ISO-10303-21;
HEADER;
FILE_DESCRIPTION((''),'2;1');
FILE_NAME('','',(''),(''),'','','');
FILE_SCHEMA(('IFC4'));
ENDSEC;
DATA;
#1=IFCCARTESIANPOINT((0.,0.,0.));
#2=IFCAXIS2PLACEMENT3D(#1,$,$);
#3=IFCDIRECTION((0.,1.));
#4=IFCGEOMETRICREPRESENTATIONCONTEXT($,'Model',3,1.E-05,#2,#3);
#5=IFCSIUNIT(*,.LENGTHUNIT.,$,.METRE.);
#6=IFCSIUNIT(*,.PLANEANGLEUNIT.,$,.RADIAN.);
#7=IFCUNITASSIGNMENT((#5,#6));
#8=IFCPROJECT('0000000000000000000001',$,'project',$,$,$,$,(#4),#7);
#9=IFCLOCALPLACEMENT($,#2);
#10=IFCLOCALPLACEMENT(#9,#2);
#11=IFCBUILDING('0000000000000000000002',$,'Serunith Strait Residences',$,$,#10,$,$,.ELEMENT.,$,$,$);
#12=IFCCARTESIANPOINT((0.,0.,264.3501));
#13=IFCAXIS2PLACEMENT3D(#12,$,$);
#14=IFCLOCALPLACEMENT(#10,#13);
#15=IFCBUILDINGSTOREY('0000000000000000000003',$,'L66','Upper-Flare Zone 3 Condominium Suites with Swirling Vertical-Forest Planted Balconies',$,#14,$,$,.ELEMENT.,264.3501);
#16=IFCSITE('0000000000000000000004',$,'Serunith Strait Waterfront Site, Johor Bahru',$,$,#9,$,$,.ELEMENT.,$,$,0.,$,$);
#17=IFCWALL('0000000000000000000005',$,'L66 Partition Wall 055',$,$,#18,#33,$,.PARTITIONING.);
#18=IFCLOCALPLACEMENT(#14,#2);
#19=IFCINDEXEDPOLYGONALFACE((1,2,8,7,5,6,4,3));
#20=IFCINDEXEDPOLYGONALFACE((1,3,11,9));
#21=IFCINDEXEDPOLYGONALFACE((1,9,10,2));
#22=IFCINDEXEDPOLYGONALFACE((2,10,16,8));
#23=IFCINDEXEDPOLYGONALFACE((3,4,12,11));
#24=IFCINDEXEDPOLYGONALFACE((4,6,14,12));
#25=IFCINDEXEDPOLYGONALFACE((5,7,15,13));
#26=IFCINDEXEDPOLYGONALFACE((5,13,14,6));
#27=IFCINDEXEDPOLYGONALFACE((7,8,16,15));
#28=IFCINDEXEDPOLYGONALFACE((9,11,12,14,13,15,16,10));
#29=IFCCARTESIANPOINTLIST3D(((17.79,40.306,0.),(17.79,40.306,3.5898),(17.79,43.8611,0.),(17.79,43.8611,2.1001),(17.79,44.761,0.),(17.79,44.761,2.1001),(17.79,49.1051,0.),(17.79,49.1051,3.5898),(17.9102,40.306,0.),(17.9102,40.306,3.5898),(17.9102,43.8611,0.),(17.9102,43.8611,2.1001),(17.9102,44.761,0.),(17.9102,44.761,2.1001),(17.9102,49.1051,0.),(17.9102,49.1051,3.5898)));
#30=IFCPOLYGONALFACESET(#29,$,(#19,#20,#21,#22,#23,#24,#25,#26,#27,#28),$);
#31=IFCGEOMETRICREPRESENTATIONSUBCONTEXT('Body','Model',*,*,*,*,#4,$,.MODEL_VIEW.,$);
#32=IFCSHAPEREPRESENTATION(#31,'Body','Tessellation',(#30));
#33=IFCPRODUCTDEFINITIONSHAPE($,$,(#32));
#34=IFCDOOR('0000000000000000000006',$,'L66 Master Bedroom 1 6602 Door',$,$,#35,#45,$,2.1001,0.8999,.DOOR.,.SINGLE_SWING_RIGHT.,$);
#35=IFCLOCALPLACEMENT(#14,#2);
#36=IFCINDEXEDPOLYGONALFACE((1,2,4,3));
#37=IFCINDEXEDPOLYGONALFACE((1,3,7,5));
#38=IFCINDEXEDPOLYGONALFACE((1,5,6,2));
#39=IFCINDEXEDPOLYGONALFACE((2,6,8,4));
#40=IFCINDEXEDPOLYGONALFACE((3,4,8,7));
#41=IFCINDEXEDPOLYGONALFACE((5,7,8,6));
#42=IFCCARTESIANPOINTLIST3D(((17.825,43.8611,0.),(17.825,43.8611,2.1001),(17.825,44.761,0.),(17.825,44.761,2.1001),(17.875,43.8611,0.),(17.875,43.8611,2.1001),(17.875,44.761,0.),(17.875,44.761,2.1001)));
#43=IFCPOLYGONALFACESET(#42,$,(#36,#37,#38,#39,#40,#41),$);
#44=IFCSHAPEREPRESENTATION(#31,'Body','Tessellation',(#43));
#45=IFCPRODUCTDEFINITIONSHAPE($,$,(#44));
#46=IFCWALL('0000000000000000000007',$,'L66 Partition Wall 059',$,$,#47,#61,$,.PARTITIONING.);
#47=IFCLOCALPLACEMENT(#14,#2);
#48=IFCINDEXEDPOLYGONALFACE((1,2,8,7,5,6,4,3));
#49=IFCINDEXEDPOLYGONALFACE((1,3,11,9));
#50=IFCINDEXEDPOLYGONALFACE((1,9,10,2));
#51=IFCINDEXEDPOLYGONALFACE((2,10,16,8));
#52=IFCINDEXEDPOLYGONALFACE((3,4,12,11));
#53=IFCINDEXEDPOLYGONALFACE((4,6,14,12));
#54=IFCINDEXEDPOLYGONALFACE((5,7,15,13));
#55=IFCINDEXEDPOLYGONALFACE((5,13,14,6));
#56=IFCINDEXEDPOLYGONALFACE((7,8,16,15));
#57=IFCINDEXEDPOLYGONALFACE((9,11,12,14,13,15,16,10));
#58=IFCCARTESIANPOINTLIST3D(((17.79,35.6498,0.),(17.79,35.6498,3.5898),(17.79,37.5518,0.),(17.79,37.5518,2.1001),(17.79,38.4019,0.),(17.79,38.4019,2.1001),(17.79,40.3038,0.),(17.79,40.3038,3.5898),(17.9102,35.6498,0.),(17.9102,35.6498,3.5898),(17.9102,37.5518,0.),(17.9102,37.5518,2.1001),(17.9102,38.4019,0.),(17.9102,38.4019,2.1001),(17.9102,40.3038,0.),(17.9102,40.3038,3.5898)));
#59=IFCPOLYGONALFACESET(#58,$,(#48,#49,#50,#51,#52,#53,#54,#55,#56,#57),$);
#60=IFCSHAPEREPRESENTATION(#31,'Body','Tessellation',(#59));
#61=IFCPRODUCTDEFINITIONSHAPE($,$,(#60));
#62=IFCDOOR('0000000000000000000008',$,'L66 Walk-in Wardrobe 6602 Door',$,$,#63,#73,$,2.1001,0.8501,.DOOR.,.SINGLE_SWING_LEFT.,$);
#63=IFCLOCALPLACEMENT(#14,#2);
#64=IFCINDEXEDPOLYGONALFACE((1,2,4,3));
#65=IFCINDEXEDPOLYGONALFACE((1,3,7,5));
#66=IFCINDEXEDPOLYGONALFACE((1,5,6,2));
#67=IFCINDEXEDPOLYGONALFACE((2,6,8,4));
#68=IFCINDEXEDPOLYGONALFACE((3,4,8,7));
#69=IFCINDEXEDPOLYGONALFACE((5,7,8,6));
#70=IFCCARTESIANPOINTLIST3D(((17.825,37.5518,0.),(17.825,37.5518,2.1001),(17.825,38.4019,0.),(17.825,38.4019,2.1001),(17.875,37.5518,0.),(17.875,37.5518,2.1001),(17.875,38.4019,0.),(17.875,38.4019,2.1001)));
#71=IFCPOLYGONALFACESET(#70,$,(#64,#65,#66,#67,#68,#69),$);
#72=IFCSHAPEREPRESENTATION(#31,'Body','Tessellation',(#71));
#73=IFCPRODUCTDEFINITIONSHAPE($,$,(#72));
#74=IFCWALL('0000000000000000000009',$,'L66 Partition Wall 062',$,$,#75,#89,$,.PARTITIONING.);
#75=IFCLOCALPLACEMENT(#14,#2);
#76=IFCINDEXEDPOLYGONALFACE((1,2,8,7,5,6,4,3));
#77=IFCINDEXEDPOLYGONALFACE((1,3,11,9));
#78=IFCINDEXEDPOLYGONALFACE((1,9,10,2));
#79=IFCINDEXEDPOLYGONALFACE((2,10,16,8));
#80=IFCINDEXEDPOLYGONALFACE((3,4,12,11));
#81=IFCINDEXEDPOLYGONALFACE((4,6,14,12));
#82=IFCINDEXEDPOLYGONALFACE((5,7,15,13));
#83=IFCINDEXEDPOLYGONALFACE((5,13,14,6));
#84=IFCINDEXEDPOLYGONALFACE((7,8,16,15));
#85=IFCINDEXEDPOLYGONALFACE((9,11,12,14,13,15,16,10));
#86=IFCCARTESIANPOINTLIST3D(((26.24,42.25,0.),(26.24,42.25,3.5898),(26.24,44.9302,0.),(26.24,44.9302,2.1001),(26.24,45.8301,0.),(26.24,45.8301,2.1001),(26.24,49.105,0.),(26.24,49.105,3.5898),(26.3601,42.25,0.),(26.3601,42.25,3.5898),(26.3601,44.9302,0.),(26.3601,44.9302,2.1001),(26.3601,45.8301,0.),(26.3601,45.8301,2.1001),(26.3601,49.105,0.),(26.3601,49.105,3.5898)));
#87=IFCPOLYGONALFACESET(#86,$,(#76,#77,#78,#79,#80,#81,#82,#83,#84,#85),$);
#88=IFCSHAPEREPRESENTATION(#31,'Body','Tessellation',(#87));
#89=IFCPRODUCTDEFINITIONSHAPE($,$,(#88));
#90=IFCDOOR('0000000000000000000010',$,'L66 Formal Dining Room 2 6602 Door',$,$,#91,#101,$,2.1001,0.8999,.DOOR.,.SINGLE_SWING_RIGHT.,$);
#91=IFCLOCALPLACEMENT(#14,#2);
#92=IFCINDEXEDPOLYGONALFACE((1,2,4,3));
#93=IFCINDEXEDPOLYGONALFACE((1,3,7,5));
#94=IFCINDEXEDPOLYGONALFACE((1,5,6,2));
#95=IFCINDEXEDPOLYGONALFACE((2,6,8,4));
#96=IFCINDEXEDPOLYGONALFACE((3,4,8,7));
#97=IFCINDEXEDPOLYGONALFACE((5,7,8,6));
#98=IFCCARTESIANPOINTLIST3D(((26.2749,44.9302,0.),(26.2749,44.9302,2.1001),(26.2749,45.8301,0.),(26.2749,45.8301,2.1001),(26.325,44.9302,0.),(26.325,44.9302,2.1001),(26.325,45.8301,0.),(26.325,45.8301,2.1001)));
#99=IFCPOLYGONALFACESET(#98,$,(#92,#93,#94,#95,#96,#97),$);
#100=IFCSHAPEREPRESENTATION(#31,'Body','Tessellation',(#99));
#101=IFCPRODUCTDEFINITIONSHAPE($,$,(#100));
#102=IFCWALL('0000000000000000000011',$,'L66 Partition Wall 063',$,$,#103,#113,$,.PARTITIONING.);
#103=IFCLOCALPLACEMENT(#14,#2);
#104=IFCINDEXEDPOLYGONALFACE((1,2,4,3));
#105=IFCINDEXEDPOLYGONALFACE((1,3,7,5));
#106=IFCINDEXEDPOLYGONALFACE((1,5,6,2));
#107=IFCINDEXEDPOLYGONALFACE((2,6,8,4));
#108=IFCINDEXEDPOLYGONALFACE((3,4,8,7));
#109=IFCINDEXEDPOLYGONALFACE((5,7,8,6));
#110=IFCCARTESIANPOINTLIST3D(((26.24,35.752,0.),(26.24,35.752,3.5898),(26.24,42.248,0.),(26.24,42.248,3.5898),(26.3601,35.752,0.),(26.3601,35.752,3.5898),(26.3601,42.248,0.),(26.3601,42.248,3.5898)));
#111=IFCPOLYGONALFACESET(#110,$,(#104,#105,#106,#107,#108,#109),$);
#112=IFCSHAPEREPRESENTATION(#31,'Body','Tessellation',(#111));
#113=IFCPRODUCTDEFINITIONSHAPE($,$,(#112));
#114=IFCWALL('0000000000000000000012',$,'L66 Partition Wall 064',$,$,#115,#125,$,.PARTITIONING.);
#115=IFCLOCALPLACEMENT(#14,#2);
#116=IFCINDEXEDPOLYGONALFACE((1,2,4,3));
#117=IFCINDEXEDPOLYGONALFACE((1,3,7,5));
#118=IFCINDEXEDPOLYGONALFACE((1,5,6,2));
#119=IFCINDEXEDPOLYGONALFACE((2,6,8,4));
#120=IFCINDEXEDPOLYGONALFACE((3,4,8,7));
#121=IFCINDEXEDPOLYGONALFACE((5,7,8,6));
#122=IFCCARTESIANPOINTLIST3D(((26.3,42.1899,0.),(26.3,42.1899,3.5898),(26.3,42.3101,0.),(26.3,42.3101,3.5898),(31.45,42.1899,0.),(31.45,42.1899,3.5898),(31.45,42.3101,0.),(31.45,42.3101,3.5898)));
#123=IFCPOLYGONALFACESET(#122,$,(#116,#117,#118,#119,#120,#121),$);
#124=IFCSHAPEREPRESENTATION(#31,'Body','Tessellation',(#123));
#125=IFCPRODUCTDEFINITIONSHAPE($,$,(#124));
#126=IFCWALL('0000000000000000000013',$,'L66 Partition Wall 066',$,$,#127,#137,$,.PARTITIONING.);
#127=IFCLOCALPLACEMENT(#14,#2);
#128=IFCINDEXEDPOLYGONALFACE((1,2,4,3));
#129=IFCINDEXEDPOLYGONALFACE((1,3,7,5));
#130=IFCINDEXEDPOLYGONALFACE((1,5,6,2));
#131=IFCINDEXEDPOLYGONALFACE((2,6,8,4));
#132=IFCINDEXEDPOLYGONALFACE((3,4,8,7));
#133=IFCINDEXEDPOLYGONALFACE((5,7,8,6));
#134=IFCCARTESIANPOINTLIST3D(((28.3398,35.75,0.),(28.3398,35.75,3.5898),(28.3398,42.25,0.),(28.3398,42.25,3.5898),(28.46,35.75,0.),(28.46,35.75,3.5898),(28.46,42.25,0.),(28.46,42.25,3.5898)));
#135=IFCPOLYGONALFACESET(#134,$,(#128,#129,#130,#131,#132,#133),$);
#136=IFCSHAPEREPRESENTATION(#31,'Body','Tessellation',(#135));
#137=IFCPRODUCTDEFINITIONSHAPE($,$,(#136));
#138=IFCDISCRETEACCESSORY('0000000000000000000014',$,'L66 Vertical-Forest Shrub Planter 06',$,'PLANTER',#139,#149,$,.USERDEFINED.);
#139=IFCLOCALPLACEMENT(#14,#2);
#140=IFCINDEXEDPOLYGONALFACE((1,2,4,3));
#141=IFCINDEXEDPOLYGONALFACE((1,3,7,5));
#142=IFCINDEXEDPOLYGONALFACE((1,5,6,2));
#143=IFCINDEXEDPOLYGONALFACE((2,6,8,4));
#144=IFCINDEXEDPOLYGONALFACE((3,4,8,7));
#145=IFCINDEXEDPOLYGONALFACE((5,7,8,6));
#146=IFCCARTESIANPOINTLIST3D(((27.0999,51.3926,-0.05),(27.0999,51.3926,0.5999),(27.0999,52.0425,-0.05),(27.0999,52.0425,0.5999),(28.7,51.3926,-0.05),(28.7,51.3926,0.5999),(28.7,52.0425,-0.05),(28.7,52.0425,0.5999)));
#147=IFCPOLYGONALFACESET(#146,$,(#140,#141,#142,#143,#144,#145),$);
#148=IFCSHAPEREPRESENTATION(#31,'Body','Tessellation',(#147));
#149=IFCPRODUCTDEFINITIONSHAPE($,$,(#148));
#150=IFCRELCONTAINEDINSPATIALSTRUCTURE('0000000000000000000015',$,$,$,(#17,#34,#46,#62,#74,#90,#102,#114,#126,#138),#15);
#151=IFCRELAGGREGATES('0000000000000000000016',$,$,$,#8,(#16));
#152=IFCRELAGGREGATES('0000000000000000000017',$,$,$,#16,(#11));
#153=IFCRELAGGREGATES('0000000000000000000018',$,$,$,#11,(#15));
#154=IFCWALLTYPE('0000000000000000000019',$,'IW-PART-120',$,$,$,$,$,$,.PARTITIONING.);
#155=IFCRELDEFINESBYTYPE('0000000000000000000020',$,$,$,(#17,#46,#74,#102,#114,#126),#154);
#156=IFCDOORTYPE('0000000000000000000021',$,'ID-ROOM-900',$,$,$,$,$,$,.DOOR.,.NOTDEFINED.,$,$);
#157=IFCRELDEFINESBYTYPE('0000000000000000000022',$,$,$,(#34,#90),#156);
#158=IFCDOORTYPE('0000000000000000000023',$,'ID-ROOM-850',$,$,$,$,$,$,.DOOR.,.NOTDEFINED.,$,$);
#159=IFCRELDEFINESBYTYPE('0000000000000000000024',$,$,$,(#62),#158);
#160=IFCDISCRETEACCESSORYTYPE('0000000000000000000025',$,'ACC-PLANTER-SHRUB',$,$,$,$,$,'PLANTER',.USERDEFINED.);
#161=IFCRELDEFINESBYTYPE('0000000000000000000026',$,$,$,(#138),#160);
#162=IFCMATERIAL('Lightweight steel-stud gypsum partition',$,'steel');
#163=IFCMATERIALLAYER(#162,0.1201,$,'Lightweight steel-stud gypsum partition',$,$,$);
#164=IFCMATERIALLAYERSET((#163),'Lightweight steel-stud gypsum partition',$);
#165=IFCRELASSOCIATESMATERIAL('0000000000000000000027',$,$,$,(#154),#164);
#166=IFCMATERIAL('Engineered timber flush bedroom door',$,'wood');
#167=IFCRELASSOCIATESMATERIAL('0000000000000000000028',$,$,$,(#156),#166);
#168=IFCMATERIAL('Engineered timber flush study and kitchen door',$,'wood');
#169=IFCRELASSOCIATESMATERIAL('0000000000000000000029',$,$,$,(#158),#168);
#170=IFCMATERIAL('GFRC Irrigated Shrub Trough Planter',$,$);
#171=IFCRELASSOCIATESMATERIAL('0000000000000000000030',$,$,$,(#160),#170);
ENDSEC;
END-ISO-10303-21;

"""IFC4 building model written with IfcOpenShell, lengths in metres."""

from ifc_helpers import new_model, si_unit, direction, frame, frame_2d, origin, origin_2d, place, context, subcontext, project, spatial, rectangle, extrude, source, transform, mapped, material, layer, layer_set, type_object, element, fill, save


model = new_model("IFC4")

# Units and contexts
model_context = context("Model", 3, precision=1e-05, world=origin(), true_north=direction((0.0, 1.0)))
body_context = subcontext(model_context, "Body", "Model", "MODEL_VIEW")
ifc_project = project(units=[si_unit("LENGTHUNIT", "METRE"), si_unit("PLANEANGLEUNIT", "RADIAN")], contexts=[model_context])

# Site, building, storey
site_placement = place(None, origin())
site = spatial("IfcSite", under=ifc_project, at=site_placement, Name="Serunith Strait Waterfront Site, Johor Bahru", CompositionType="ELEMENT", RefElevation=0.0)
building_placement = place(site_placement, origin())
building = spatial("IfcBuilding", under=site, at=building_placement, Name="Serunith Strait Residences", CompositionType="ELEMENT")
storey_placement = place(building_placement, frame((0.0, 0.0, 264.3501)))
storey = spatial("IfcBuildingStorey", under=building, at=storey_placement, Name="L66", Description="Upper-Flare Zone 3 Condominium Suites with Swirling Vertical-Forest Planted Balconies", CompositionType="ELEMENT", Elevation=264.3501)

# Shared definitions
ifc_material_1 = material(Name="Lightweight steel-stud gypsum partition", Category="steel")
ifc_layer_1 = layer(ifc_material_1, 0.1201, Name="Lightweight steel-stud gypsum partition")
ifc_layer_set_1 = layer_set([ifc_layer_1], Name="Lightweight steel-stud gypsum partition")
wall_type = type_object("IfcWallType", Name="IW-PART-120", PredefinedType="PARTITIONING", material=ifc_layer_set_1)

# Walls, openings, doors
wall_1_placement = place(storey_placement, frame((17.8501, 49.105, 0.0), z_axis=(0.0, 0.0, 1.0), x_axis=(0.0, -1.0, 0.0)))
wall_1 = element("IfcWall", 1, at=wall_1_placement, inside=storey, type_object=wall_type, Name="L66 Partition Wall 055", PredefinedType="PARTITIONING", context=body_context, shape_type="SweptSolid", body=[
    extrude(rectangle(XDim=8.7991, YDim=0.1201, at=frame_2d((4.3994, 0.0))), origin(), (0.0, 0.0, 1.0), 3.5898),
])
opening_1_placement = place(wall_1_placement, frame((4.344, 0.0, 0.0)))
opening_1 = element("IfcOpeningElement", 2, at=opening_1_placement, cuts=wall_1, PredefinedType="OPENING", context=body_context, shape_type="SweptSolid", body=[
    extrude(rectangle(XDim=0.8999, YDim=2.1001, at=frame_2d((0.45, 1.05))), frame((0.0, 0.0701, 0.0), z_axis=(0.0, -1.0, 0.0), x_axis=(1.0, 0.0, 0.0)), (0.0, 0.0, 1.0), 0.1401),
])
ifc_material_2 = material(Name="Engineered timber flush bedroom door", Category="wood")
door_type_1 = type_object("IfcDoorType", Name="ID-ROOM-900", OperationType="NOTDEFINED", PredefinedType="DOOR", material=ifc_material_2)
shared_shape_1 = source(origin(), body_context, "Body", "SweptSolid", [
    extrude(rectangle(XDim=0.8999, YDim=2.1001, at=frame_2d((0.45, 1.05))), frame((0.0, 0.0249, 0.0), z_axis=(0.0, -1.0, 0.0), x_axis=(1.0, 0.0, 0.0)), (0.0, 0.0, 1.0), 0.05),
])
door_1_placement = place(opening_1_placement, origin())
door_1 = element("IfcDoor", 3, at=door_1_placement, inside=storey, type_object=door_type_1, Name="L66 Master Bedroom 1 6602 Door", OperationType="SINGLE_SWING_RIGHT", OverallHeight=2.1001, OverallWidth=0.8999, PredefinedType="DOOR", context=body_context, shape_type="MappedRepresentation", body=[
    mapped(shared_shape_1, transform((0.0, 0.0, 0.0), scale=1.0)),
])
fill(opening_1, door_1)
wall_2_placement = place(storey_placement, frame((17.8501, 40.304, 0.0), z_axis=(0.0, 0.0, 1.0), x_axis=(0.0, -1.0, 0.0)))
wall_2 = element("IfcWall", 4, at=wall_2_placement, inside=storey, type_object=wall_type, Name="L66 Partition Wall 059", PredefinedType="PARTITIONING", context=body_context, shape_type="SweptSolid", body=[
    extrude(rectangle(XDim=4.6541, YDim=0.1201, at=frame_2d((2.3271, 0.0))), origin(), (0.0, 0.0, 1.0), 3.5898),
])
opening_2_placement = place(wall_2_placement, frame((1.9021, 0.0, 0.0)))
opening_2 = element("IfcOpeningElement", 5, at=opening_2_placement, cuts=wall_2, PredefinedType="OPENING", context=body_context, shape_type="SweptSolid", body=[
    extrude(rectangle(XDim=0.8501, YDim=2.1001, at=frame_2d((0.425, 1.05))), frame((0.0, 0.0701, 0.0), z_axis=(0.0, -1.0, 0.0), x_axis=(1.0, 0.0, 0.0)), (0.0, 0.0, 1.0), 0.1401),
])
ifc_material_3 = material(Name="Engineered timber flush study and kitchen door", Category="wood")
door_type_2 = type_object("IfcDoorType", Name="ID-ROOM-850", OperationType="NOTDEFINED", PredefinedType="DOOR", material=ifc_material_3)
shared_shape_2 = source(origin(), body_context, "Body", "SweptSolid", [
    extrude(rectangle(XDim=0.8501, YDim=2.1001, at=frame_2d((0.425, 1.05))), frame((0.0, 0.0249, 0.0), z_axis=(0.0, -1.0, 0.0), x_axis=(1.0, 0.0, 0.0)), (0.0, 0.0, 1.0), 0.05),
])
door_2_placement = place(opening_2_placement, origin())
door_2 = element("IfcDoor", 6, at=door_2_placement, inside=storey, type_object=door_type_2, Name="L66 Walk-in Wardrobe 6602 Door", OperationType="SINGLE_SWING_LEFT", OverallHeight=2.1001, OverallWidth=0.8501, PredefinedType="DOOR", context=body_context, shape_type="MappedRepresentation", body=[
    mapped(shared_shape_2, transform((0.0, 0.0, 0.0), scale=1.0)),
])
fill(opening_2, door_2)
wall_3_placement = place(storey_placement, frame((26.3, 49.105, 0.0), z_axis=(0.0, 0.0, 1.0), x_axis=(0.0, -1.0, 0.0)))
wall_3 = element("IfcWall", 7, at=wall_3_placement, inside=storey, type_object=wall_type, Name="L66 Partition Wall 062", PredefinedType="PARTITIONING", context=body_context, shape_type="SweptSolid", body=[
    extrude(rectangle(XDim=6.855, YDim=0.1201, at=frame_2d((3.4275, 0.0))), origin(), (0.0, 0.0, 1.0), 3.5898),
])
opening_3_placement = place(wall_3_placement, frame((3.2749, 0.0, 0.0)))
opening_3 = element("IfcOpeningElement", 8, at=opening_3_placement, cuts=wall_3, PredefinedType="OPENING", context=body_context, shape_type="SweptSolid", body=[
    extrude(rectangle(XDim=0.8999, YDim=2.1001, at=frame_2d((0.45, 1.05))), frame((0.0, 0.0701, 0.0), z_axis=(0.0, -1.0, 0.0), x_axis=(1.0, 0.0, 0.0)), (0.0, 0.0, 1.0), 0.1401),
])
door_3_placement = place(opening_3_placement, origin())
door_3 = element("IfcDoor", 9, at=door_3_placement, inside=storey, type_object=door_type_1, Name="L66 Formal Dining Room 2 6602 Door", OperationType="SINGLE_SWING_RIGHT", OverallHeight=2.1001, OverallWidth=0.8999, PredefinedType="DOOR", context=body_context, shape_type="MappedRepresentation", body=[
    mapped(shared_shape_1, transform((0.0, 0.0, 0.0), scale=1.0)),
])
fill(opening_3, door_3)

# Walls
wall_4_placement = place(storey_placement, frame((26.3, 42.248, 0.0), z_axis=(0.0, 0.0, 1.0), x_axis=(0.0, -1.0, 0.0)))
element("IfcWall", 10, at=wall_4_placement, inside=storey, type_object=wall_type, Name="L66 Partition Wall 063", PredefinedType="PARTITIONING", context=body_context, shape_type="SweptSolid", body=[
    extrude(rectangle(XDim=6.4961, YDim=0.1201, at=frame_2d((3.248, 0.0))), origin(), (0.0, 0.0, 1.0), 3.5898),
])
wall_5_placement = place(storey_placement, frame((26.3, 42.25, 0.0), z_axis=(0.0, 0.0, 1.0), x_axis=(1.0, 0.0, 0.0)))
element("IfcWall", 11, at=wall_5_placement, inside=storey, type_object=wall_type, Name="L66 Partition Wall 064", PredefinedType="PARTITIONING", context=body_context, shape_type="SweptSolid", body=[
    extrude(rectangle(XDim=5.1499, YDim=0.1201, at=frame_2d((2.575, 0.0))), origin(), (0.0, 0.0, 1.0), 3.5898),
])
wall_6_placement = place(storey_placement, frame((28.3999, 42.25, 0.0), z_axis=(0.0, 0.0, 1.0), x_axis=(0.0, -1.0, 0.0)))
element("IfcWall", 12, at=wall_6_placement, inside=storey, type_object=wall_type, Name="L66 Partition Wall 066", PredefinedType="PARTITIONING", context=body_context, shape_type="SweptSolid", body=[
    extrude(rectangle(XDim=6.5, YDim=0.1201, at=frame_2d((3.25, 0.0))), origin(), (0.0, 0.0, 1.0), 3.5898),
])

# Discrete accessory
ifc_material_4 = material(Name="GFRC Irrigated Shrub Trough Planter")
discrete_accessory_type = type_object("IfcDiscreteAccessoryType", Name="ACC-PLANTER-SHRUB", ElementType="PLANTER", PredefinedType="USERDEFINED", material=ifc_material_4)
shared_shape_3 = source(origin(), body_context, "Body", "SweptSolid", [
    extrude(rectangle(XDim=1.6001, YDim=0.6499, at=origin_2d()), origin(), (0.0, 0.0, 1.0), 0.6499),
])
discrete_accessory_placement = place(storey_placement, frame((27.8999, 51.7175, -0.05), z_axis=(0.0, 0.0, 1.0), x_axis=(-1.0, 0.0, 0.0)))
element("IfcDiscreteAccessory", 13, at=discrete_accessory_placement, inside=storey, type_object=discrete_accessory_type, Name="L66 Vertical-Forest Shrub Planter 06", ObjectType="PLANTER", PredefinedType="USERDEFINED", context=body_context, shape_type="MappedRepresentation", body=[
    mapped(shared_shape_3, transform((0.0, 0.0, 0.0), scale=1.0)),
])

save(model, "model.ifc")
